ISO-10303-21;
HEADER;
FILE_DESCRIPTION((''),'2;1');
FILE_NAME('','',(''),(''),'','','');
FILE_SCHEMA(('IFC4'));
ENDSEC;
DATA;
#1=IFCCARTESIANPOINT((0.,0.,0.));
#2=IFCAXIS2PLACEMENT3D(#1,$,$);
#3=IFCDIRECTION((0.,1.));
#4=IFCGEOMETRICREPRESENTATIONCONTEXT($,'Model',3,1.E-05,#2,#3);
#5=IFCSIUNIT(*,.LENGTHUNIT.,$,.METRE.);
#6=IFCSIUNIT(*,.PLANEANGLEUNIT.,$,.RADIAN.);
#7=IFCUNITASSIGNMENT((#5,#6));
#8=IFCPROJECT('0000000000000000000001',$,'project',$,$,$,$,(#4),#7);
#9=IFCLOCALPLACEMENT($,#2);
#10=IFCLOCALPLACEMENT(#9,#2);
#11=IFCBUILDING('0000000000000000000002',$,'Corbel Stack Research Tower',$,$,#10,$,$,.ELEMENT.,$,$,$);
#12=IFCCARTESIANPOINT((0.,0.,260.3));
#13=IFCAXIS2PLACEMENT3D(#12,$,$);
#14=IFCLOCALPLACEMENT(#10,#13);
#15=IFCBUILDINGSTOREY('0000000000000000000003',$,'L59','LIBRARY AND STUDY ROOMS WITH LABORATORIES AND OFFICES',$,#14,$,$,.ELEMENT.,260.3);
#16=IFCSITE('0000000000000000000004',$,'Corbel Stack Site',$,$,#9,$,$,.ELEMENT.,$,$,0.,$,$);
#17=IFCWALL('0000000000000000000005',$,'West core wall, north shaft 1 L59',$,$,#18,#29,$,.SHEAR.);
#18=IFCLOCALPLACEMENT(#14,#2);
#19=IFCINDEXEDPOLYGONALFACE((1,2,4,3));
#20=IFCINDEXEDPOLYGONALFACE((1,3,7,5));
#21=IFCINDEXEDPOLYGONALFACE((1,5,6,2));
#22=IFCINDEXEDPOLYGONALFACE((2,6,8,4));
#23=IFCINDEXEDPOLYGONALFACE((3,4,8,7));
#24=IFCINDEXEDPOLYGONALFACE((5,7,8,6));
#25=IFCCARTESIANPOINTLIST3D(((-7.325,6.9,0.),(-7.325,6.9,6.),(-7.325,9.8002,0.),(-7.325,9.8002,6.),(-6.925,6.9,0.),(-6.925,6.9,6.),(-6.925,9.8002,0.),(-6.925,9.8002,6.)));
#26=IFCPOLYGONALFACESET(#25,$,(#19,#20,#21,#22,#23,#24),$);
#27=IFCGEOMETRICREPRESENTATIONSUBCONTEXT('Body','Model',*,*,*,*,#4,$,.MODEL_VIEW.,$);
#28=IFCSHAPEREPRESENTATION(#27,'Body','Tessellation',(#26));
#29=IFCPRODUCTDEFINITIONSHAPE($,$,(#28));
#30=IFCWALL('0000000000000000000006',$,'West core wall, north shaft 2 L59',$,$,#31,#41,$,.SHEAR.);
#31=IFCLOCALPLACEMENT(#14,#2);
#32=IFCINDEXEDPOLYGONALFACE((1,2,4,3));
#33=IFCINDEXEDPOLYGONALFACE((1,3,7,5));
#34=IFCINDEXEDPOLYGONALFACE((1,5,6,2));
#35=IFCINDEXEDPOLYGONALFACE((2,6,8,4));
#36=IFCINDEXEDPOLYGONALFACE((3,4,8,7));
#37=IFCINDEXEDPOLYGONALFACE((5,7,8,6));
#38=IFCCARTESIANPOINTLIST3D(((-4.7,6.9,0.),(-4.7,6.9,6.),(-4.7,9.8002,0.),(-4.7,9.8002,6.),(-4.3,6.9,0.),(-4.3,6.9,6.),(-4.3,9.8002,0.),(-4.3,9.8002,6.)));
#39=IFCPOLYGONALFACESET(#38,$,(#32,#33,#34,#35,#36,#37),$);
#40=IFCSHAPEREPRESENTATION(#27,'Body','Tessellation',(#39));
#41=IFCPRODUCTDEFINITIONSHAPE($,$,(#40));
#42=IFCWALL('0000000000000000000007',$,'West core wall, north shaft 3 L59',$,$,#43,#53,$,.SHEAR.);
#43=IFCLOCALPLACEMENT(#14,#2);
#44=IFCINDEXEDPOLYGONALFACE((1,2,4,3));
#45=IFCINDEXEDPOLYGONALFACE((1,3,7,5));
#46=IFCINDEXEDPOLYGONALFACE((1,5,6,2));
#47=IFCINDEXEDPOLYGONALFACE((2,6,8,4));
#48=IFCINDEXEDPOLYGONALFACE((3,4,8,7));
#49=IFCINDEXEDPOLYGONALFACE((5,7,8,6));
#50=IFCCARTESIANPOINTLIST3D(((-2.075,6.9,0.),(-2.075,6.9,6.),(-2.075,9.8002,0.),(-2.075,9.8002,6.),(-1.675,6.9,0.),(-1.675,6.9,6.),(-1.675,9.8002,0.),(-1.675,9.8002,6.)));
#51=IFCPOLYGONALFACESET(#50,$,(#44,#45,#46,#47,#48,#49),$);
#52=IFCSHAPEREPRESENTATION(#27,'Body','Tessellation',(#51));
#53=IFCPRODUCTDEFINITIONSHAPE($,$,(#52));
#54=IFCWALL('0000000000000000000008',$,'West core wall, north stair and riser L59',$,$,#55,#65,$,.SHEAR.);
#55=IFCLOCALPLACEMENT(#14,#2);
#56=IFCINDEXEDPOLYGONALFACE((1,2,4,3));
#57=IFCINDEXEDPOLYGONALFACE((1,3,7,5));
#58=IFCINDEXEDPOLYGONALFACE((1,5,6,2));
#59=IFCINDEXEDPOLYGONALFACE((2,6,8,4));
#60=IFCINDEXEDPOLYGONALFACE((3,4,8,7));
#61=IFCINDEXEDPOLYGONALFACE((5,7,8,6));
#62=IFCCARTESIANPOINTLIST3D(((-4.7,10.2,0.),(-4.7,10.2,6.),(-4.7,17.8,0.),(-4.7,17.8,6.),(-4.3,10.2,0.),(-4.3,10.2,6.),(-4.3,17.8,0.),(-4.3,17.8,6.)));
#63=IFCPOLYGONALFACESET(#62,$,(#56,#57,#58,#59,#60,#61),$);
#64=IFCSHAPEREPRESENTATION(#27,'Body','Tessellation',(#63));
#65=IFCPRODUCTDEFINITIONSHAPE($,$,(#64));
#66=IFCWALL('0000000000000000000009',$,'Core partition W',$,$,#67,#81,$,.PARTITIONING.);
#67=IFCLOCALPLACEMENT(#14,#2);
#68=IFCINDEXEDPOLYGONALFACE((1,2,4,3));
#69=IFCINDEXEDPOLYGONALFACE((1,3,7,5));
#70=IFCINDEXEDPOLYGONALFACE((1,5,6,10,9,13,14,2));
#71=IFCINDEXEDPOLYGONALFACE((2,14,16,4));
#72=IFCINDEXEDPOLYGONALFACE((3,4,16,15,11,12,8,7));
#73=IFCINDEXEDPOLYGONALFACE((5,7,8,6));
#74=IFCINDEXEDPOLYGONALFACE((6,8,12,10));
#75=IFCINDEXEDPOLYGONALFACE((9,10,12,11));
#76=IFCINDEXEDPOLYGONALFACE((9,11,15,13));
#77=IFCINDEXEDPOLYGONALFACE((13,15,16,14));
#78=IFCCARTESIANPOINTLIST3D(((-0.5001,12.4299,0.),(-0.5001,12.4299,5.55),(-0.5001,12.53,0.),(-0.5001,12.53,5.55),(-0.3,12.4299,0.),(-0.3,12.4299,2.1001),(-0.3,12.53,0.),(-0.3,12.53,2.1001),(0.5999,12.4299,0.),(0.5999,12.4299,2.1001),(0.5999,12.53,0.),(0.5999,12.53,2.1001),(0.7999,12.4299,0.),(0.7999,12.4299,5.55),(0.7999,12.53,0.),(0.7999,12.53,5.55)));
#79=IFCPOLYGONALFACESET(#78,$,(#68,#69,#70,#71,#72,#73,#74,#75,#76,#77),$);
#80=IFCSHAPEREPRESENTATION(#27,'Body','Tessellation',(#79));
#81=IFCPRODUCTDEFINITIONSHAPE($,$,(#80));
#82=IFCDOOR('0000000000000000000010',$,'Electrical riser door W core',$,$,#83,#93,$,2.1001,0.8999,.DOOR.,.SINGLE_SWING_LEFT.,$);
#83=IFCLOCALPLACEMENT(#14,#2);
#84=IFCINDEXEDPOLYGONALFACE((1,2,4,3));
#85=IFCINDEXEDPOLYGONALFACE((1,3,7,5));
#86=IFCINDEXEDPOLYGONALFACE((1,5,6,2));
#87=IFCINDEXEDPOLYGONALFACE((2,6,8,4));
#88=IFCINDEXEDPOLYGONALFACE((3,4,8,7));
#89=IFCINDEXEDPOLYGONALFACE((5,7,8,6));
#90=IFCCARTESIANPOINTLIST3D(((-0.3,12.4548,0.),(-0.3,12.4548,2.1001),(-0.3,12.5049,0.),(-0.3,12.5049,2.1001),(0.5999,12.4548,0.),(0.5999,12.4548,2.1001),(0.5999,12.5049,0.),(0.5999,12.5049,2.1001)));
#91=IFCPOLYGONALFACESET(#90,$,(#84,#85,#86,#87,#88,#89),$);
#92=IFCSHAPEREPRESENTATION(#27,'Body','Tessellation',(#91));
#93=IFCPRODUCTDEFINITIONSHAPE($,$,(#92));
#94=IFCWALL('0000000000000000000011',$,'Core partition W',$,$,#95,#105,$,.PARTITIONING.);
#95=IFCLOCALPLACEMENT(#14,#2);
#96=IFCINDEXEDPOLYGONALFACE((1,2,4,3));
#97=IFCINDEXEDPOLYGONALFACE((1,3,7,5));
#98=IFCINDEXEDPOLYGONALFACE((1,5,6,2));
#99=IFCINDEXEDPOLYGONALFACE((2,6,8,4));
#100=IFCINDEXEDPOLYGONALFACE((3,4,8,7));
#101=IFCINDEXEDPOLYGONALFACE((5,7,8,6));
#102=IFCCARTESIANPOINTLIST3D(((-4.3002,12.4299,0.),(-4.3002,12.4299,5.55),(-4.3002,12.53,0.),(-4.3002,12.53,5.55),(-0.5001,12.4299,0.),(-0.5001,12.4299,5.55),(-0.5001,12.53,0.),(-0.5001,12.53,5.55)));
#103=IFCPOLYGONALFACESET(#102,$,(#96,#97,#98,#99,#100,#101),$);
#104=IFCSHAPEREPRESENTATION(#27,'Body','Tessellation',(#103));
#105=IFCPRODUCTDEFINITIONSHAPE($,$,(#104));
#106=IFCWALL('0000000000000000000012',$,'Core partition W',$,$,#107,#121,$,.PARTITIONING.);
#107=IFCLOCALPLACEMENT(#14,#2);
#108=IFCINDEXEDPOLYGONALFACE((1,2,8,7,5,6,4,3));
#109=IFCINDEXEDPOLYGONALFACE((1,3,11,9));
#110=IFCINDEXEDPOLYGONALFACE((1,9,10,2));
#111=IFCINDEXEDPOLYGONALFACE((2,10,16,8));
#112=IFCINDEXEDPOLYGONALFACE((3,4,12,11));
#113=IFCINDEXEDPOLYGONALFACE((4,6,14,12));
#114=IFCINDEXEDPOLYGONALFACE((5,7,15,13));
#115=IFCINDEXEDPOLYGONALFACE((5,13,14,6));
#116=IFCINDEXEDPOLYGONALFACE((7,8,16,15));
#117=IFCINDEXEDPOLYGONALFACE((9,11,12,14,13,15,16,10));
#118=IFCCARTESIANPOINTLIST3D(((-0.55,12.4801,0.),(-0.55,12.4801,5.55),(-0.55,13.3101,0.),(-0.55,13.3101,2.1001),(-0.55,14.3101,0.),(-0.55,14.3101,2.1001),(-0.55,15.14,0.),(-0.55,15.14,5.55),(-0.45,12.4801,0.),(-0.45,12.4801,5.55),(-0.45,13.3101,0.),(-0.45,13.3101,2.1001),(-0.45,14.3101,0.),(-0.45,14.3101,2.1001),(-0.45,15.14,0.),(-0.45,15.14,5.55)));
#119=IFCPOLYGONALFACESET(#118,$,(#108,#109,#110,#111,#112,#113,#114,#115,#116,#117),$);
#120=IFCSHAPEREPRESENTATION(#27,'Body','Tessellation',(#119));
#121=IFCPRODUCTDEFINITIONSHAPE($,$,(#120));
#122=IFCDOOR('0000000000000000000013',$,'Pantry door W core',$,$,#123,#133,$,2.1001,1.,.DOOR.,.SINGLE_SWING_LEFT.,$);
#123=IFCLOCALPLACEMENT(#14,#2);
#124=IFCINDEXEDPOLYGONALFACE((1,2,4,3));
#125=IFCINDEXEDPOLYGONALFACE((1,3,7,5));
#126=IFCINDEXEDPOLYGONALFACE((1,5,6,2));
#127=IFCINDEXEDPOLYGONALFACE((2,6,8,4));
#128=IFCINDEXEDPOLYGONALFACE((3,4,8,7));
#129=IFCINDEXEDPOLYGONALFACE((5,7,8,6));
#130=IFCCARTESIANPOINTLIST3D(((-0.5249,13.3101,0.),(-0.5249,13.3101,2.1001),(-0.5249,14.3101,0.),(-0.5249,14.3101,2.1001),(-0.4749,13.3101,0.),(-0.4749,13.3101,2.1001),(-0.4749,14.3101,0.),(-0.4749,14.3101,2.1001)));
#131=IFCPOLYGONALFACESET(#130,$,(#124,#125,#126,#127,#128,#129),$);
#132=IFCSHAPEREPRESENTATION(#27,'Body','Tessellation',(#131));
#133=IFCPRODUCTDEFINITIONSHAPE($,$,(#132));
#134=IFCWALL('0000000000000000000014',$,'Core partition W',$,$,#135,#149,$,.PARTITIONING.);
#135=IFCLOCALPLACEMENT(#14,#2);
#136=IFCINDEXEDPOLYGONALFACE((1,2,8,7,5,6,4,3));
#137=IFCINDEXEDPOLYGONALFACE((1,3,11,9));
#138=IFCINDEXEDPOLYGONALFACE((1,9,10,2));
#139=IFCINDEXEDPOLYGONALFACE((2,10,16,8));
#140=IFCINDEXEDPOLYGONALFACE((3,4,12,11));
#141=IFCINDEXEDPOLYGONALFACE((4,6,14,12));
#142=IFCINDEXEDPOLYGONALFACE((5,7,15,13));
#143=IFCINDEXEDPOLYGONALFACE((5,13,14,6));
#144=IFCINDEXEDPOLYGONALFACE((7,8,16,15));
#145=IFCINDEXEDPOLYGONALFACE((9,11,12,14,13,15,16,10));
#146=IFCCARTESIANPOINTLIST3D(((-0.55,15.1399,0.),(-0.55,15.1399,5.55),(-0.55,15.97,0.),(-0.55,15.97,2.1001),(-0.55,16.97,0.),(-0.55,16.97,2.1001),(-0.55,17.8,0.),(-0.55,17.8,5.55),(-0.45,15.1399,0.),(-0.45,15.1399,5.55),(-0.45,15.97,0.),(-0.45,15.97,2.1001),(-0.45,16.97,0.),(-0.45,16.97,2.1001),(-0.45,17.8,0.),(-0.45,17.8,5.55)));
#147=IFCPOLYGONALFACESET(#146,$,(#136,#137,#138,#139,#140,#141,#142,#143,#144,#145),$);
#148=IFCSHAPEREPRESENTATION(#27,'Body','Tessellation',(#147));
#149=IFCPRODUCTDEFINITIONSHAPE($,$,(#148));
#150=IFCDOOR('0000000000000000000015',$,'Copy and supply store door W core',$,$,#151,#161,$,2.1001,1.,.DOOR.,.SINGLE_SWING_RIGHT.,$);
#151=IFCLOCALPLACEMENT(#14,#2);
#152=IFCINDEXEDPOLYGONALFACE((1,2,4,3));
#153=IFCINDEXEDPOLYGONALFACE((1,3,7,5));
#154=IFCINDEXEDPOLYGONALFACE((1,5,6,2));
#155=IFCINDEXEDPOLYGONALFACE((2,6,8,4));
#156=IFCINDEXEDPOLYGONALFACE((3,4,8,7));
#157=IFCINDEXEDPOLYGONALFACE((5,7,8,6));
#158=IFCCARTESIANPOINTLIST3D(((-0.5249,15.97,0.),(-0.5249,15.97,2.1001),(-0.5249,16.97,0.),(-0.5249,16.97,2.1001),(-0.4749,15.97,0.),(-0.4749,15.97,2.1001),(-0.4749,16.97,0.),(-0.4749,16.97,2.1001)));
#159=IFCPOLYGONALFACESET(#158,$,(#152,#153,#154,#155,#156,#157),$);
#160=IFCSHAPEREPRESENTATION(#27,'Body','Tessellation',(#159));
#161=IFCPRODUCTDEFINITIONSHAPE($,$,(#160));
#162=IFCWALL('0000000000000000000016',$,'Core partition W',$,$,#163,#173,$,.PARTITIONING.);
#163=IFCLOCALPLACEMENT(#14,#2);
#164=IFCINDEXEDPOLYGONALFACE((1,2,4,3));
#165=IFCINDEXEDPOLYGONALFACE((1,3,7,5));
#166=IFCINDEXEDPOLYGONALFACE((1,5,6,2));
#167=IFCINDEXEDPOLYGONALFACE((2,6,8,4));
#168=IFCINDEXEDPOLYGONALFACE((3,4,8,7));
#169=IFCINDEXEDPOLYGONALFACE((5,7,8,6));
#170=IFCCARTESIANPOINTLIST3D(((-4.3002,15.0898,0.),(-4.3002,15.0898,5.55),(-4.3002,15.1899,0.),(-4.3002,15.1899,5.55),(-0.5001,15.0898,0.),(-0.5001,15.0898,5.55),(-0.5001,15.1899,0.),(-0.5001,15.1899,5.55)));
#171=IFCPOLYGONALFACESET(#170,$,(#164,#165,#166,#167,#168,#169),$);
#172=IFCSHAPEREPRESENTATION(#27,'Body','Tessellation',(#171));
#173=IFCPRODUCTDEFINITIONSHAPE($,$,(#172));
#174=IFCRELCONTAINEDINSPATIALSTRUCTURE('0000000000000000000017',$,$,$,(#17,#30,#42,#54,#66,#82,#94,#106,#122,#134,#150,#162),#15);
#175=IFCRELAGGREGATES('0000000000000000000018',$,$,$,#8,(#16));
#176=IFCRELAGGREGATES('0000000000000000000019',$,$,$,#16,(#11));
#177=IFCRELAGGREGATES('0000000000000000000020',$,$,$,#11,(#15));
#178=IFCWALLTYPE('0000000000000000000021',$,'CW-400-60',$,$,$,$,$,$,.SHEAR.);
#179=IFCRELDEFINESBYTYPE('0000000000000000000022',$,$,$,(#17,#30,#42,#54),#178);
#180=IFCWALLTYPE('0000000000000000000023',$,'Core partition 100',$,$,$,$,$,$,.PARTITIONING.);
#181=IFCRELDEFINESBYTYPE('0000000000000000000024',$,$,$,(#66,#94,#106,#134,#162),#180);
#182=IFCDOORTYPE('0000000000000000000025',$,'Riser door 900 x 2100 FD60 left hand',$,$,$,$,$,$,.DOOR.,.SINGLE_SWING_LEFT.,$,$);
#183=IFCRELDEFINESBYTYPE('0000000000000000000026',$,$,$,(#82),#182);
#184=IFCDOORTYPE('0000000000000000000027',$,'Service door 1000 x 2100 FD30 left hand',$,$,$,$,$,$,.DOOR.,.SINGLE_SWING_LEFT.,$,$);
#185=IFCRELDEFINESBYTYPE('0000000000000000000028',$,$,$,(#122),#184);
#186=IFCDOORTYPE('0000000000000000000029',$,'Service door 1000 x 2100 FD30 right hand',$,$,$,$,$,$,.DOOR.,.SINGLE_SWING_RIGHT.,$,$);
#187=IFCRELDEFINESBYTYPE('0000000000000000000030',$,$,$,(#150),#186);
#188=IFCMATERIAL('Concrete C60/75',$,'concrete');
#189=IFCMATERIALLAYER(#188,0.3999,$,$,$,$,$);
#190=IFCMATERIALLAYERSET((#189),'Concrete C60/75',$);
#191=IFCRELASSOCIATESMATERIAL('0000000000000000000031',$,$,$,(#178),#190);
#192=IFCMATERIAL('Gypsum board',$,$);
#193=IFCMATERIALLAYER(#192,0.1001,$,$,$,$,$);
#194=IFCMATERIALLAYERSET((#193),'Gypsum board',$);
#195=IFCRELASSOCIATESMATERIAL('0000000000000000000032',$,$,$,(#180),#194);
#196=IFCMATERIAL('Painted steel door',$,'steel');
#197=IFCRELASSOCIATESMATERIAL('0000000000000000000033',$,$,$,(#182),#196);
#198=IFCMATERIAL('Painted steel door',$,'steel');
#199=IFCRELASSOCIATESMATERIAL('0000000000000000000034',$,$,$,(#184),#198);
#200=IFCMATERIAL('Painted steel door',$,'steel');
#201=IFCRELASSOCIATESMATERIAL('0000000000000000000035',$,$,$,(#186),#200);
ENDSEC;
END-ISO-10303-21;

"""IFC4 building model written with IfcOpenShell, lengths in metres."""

from ifc_helpers import new_model, si_unit, direction, frame, frame_2d, origin, place, context, subcontext, project, spatial, rectangle, extrude, material, layer, layer_set, type_object, element, fill, save


model = new_model("IFC4")

# Units and contexts
model_context = context("Model", 3, precision=1e-05, world=origin(), true_north=direction((0.0, 1.0)))
body_context = subcontext(model_context, "Body", "Model", "MODEL_VIEW")
ifc_project = project(units=[si_unit("LENGTHUNIT", "METRE"), si_unit("PLANEANGLEUNIT", "RADIAN")], contexts=[model_context])

# Site, building, storey
site_placement = place(None, origin())
site = spatial("IfcSite", under=ifc_project, at=site_placement, Name="Corbel Stack Site", CompositionType="ELEMENT", RefElevation=0.0)
building_placement = place(site_placement, origin())
building = spatial("IfcBuilding", under=site, at=building_placement, Name="Corbel Stack Research Tower", CompositionType="ELEMENT")
storey_placement = place(building_placement, frame((0.0, 0.0, 260.3)))
storey = spatial("IfcBuildingStorey", under=building, at=storey_placement, Name="L59", Description="LIBRARY AND STUDY ROOMS WITH LABORATORIES AND OFFICES", CompositionType="ELEMENT", Elevation=260.3)

# Walls
ifc_material_1 = material(Name="Concrete C60/75", Category="concrete")
ifc_layer_1 = layer(ifc_material_1, 0.3999)
ifc_layer_set_1 = layer_set([ifc_layer_1], Name="Concrete C60/75")
wall_type_1 = type_object("IfcWallType", Name="CW-400-60", PredefinedType="SHEAR", material=ifc_layer_set_1)
for number, where, z_axis, x_axis, name in (
    (1, (-7.125, 6.8999, 0.0), (0.0, 0.0, 1.0), (0.0, 1.0, 0.0), "West core wall, north shaft 1 L59"),
    (2, (-4.5, 6.8999, 0.0), (0.0, 0.0, 1.0), (0.0, 1.0, 0.0), "West core wall, north shaft 2 L59"),
    (3, (-1.875, 6.8999, 0.0), (0.0, 0.0, 1.0), (0.0, 1.0, 0.0), "West core wall, north shaft 3 L59"),
):
    element("IfcWall", number, at=place(storey_placement, frame(where, z_axis=z_axis, x_axis=x_axis)), inside=storey, type_object=wall_type_1, Name=name, PredefinedType="SHEAR", context=body_context, shape_type="SweptSolid", body=[
        extrude(rectangle(XDim=2.9001, YDim=0.3999, at=frame_2d((1.4502, 0.0))), origin(), (0.0, 0.0, 1.0), 6.0),
    ])
wall_1_placement = place(storey_placement, frame((-4.5, 10.2, 0.0), z_axis=(0.0, 0.0, 1.0), x_axis=(0.0, 1.0, 0.0)))
element("IfcWall", 4, at=wall_1_placement, inside=storey, type_object=wall_type_1, Name="West core wall, north stair and riser L59", PredefinedType="SHEAR", context=body_context, shape_type="SweptSolid", body=[
    extrude(rectangle(XDim=7.6001, YDim=0.3999, at=frame_2d((3.8, 0.0))), origin(), (0.0, 0.0, 1.0), 6.0),
])

# Wall, opening, door
ifc_material_2 = material(Name="Gypsum board")
ifc_layer_2 = layer(ifc_material_2, 0.1001)
ifc_layer_set_2 = layer_set([ifc_layer_2], Name="Gypsum board")
wall_type_2 = type_object("IfcWallType", Name="Core partition 100", PredefinedType="PARTITIONING", material=ifc_layer_set_2)
wall_2_placement = place(storey_placement, frame((-0.5, 12.48, 0.0), z_axis=(0.0, 0.0, 1.0), x_axis=(1.0, 0.0, 0.0)))
wall_2 = element("IfcWall", 5, at=wall_2_placement, inside=storey, type_object=wall_type_2, Name="Core partition W", PredefinedType="PARTITIONING", context=body_context, shape_type="SweptSolid", body=[
    extrude(rectangle(XDim=1.3, YDim=0.1001, at=frame_2d((0.6499, 0.0))), origin(), (0.0, 0.0, 1.0), 5.55),
])
opening_1_placement = place(wall_2_placement, frame((0.2, 0.0, 0.0)))
opening_1 = element("IfcOpeningElement", 6, at=opening_1_placement, cuts=wall_2, PredefinedType="OPENING", context=body_context, shape_type="SweptSolid", body=[
    extrude(rectangle(XDim=0.8999, YDim=2.1001, at=frame_2d((0.45, 1.05))), frame((0.0, 0.0601, 0.0), z_axis=(0.0, -1.0, 0.0), x_axis=(1.0, 0.0, 0.0)), (0.0, 0.0, 1.0), 0.1201),
])
ifc_material_3 = material(Name="Painted steel door", Category="steel")
door_type_1 = type_object("IfcDoorType", Name="Riser door 900 x 2100 FD60 left hand", OperationType="SINGLE_SWING_LEFT", PredefinedType="DOOR", material=ifc_material_3)
door_1_placement = place(opening_1_placement, origin())
door_1 = element("IfcDoor", 7, at=door_1_placement, inside=storey, type_object=door_type_1, Name="Electrical riser door W core", OperationType="SINGLE_SWING_LEFT", OverallHeight=2.1001, OverallWidth=0.8999, PredefinedType="DOOR", context=body_context, shape_type="SweptSolid", body=[
    extrude(rectangle(XDim=0.8999, YDim=2.1001, at=frame_2d((0.45, 1.05))), frame((0.0, 0.0249, 0.0), z_axis=(0.0, -1.0, 0.0), x_axis=(1.0, 0.0, 0.0)), (0.0, 0.0, 1.0), 0.05),
])
fill(opening_1, door_1)

# Wall
wall_3_placement = place(storey_placement, frame((-4.3, 12.48, 0.0), z_axis=(0.0, 0.0, 1.0), x_axis=(1.0, 0.0, 0.0)))
element("IfcWall", 8, at=wall_3_placement, inside=storey, type_object=wall_type_2, Name="Core partition W", PredefinedType="PARTITIONING", context=body_context, shape_type="SweptSolid", body=[
    extrude(rectangle(XDim=3.8, YDim=0.1001, at=frame_2d((1.8999, 0.0))), origin(), (0.0, 0.0, 1.0), 5.55),
])

# Walls, openings, doors
wall_4_placement = place(storey_placement, frame((-0.5, 12.48, 0.0), z_axis=(0.0, 0.0, 1.0), x_axis=(0.0, 1.0, 0.0)))
wall_4 = element("IfcWall", 9, at=wall_4_placement, inside=storey, type_object=wall_type_2, Name="Core partition W", PredefinedType="PARTITIONING", context=body_context, shape_type="SweptSolid", body=[
    extrude(rectangle(XDim=2.6599, YDim=0.1001, at=frame_2d((1.3301, 0.0))), origin(), (0.0, 0.0, 1.0), 5.55),
])
opening_2_placement = place(wall_4_placement, frame((0.8301, 0.0, 0.0)))
opening_2 = element("IfcOpeningElement", 10, at=opening_2_placement, cuts=wall_4, PredefinedType="OPENING", context=body_context, shape_type="SweptSolid", body=[
    extrude(rectangle(XDim=1.0, YDim=2.1001, at=frame_2d((0.5, 1.05))), frame((0.0, 0.0601, 0.0), z_axis=(0.0, -1.0, 0.0), x_axis=(1.0, 0.0, 0.0)), (0.0, 0.0, 1.0), 0.1201),
])
ifc_material_4 = material(Name="Painted steel door", Category="steel")
door_type_2 = type_object("IfcDoorType", Name="Service door 1000 x 2100 FD30 left hand", OperationType="SINGLE_SWING_LEFT", PredefinedType="DOOR", material=ifc_material_4)
door_2_placement = place(opening_2_placement, origin())
door_2 = element("IfcDoor", 11, at=door_2_placement, inside=storey, type_object=door_type_2, Name="Pantry door W core", OperationType="SINGLE_SWING_LEFT", OverallHeight=2.1001, OverallWidth=1.0, PredefinedType="DOOR", context=body_context, shape_type="SweptSolid", body=[
    extrude(rectangle(XDim=1.0, YDim=2.1001, at=frame_2d((0.5, 1.05))), frame((0.0, 0.0249, 0.0), z_axis=(0.0, -1.0, 0.0), x_axis=(1.0, 0.0, 0.0)), (0.0, 0.0, 1.0), 0.05),
])
fill(opening_2, door_2)
wall_5_placement = place(storey_placement, frame((-0.5, 15.1399, 0.0), z_axis=(0.0, 0.0, 1.0), x_axis=(0.0, 1.0, 0.0)))
wall_5 = element("IfcWall", 12, at=wall_5_placement, inside=storey, type_object=wall_type_2, Name="Core partition W", PredefinedType="PARTITIONING", context=body_context, shape_type="SweptSolid", body=[
    extrude(rectangle(XDim=2.6602, YDim=0.1001, at=frame_2d((1.3301, 0.0))), origin(), (0.0, 0.0, 1.0), 5.55),
])
opening_3_placement = place(wall_5_placement, frame((0.8301, 0.0, 0.0)))
opening_3 = element("IfcOpeningElement", 13, at=opening_3_placement, cuts=wall_5, PredefinedType="OPENING", context=body_context, shape_type="SweptSolid", body=[
    extrude(rectangle(XDim=1.0, YDim=2.1001, at=frame_2d((0.5, 1.05))), frame((0.0, 0.0601, 0.0), z_axis=(0.0, -1.0, 0.0), x_axis=(1.0, 0.0, 0.0)), (0.0, 0.0, 1.0), 0.1201),
])
ifc_material_5 = material(Name="Painted steel door", Category="steel")
door_type_3 = type_object("IfcDoorType", Name="Service door 1000 x 2100 FD30 right hand", OperationType="SINGLE_SWING_RIGHT", PredefinedType="DOOR", material=ifc_material_5)
door_3_placement = place(opening_3_placement, origin())
door_3 = element("IfcDoor", 14, at=door_3_placement, inside=storey, type_object=door_type_3, Name="Copy and supply store door W core", OperationType="SINGLE_SWING_RIGHT", OverallHeight=2.1001, OverallWidth=1.0, PredefinedType="DOOR", context=body_context, shape_type="SweptSolid", body=[
    extrude(rectangle(XDim=1.0, YDim=2.1001, at=frame_2d((0.5, 1.05))), frame((0.0, 0.0249, 0.0), z_axis=(0.0, -1.0, 0.0), x_axis=(1.0, 0.0, 0.0)), (0.0, 0.0, 1.0), 0.05),
])
fill(opening_3, door_3)

# Wall
wall_6_placement = place(storey_placement, frame((-4.3, 15.1399, 0.0), z_axis=(0.0, 0.0, 1.0), x_axis=(1.0, 0.0, 0.0)))
element("IfcWall", 15, at=wall_6_placement, inside=storey, type_object=wall_type_2, Name="Core partition W", PredefinedType="PARTITIONING", context=body_context, shape_type="SweptSolid", body=[
    extrude(rectangle(XDim=3.8, YDim=0.1001, at=frame_2d((1.8999, 0.0))), origin(), (0.0, 0.0, 1.0), 5.55),
])

save(model, "model.ifc")
